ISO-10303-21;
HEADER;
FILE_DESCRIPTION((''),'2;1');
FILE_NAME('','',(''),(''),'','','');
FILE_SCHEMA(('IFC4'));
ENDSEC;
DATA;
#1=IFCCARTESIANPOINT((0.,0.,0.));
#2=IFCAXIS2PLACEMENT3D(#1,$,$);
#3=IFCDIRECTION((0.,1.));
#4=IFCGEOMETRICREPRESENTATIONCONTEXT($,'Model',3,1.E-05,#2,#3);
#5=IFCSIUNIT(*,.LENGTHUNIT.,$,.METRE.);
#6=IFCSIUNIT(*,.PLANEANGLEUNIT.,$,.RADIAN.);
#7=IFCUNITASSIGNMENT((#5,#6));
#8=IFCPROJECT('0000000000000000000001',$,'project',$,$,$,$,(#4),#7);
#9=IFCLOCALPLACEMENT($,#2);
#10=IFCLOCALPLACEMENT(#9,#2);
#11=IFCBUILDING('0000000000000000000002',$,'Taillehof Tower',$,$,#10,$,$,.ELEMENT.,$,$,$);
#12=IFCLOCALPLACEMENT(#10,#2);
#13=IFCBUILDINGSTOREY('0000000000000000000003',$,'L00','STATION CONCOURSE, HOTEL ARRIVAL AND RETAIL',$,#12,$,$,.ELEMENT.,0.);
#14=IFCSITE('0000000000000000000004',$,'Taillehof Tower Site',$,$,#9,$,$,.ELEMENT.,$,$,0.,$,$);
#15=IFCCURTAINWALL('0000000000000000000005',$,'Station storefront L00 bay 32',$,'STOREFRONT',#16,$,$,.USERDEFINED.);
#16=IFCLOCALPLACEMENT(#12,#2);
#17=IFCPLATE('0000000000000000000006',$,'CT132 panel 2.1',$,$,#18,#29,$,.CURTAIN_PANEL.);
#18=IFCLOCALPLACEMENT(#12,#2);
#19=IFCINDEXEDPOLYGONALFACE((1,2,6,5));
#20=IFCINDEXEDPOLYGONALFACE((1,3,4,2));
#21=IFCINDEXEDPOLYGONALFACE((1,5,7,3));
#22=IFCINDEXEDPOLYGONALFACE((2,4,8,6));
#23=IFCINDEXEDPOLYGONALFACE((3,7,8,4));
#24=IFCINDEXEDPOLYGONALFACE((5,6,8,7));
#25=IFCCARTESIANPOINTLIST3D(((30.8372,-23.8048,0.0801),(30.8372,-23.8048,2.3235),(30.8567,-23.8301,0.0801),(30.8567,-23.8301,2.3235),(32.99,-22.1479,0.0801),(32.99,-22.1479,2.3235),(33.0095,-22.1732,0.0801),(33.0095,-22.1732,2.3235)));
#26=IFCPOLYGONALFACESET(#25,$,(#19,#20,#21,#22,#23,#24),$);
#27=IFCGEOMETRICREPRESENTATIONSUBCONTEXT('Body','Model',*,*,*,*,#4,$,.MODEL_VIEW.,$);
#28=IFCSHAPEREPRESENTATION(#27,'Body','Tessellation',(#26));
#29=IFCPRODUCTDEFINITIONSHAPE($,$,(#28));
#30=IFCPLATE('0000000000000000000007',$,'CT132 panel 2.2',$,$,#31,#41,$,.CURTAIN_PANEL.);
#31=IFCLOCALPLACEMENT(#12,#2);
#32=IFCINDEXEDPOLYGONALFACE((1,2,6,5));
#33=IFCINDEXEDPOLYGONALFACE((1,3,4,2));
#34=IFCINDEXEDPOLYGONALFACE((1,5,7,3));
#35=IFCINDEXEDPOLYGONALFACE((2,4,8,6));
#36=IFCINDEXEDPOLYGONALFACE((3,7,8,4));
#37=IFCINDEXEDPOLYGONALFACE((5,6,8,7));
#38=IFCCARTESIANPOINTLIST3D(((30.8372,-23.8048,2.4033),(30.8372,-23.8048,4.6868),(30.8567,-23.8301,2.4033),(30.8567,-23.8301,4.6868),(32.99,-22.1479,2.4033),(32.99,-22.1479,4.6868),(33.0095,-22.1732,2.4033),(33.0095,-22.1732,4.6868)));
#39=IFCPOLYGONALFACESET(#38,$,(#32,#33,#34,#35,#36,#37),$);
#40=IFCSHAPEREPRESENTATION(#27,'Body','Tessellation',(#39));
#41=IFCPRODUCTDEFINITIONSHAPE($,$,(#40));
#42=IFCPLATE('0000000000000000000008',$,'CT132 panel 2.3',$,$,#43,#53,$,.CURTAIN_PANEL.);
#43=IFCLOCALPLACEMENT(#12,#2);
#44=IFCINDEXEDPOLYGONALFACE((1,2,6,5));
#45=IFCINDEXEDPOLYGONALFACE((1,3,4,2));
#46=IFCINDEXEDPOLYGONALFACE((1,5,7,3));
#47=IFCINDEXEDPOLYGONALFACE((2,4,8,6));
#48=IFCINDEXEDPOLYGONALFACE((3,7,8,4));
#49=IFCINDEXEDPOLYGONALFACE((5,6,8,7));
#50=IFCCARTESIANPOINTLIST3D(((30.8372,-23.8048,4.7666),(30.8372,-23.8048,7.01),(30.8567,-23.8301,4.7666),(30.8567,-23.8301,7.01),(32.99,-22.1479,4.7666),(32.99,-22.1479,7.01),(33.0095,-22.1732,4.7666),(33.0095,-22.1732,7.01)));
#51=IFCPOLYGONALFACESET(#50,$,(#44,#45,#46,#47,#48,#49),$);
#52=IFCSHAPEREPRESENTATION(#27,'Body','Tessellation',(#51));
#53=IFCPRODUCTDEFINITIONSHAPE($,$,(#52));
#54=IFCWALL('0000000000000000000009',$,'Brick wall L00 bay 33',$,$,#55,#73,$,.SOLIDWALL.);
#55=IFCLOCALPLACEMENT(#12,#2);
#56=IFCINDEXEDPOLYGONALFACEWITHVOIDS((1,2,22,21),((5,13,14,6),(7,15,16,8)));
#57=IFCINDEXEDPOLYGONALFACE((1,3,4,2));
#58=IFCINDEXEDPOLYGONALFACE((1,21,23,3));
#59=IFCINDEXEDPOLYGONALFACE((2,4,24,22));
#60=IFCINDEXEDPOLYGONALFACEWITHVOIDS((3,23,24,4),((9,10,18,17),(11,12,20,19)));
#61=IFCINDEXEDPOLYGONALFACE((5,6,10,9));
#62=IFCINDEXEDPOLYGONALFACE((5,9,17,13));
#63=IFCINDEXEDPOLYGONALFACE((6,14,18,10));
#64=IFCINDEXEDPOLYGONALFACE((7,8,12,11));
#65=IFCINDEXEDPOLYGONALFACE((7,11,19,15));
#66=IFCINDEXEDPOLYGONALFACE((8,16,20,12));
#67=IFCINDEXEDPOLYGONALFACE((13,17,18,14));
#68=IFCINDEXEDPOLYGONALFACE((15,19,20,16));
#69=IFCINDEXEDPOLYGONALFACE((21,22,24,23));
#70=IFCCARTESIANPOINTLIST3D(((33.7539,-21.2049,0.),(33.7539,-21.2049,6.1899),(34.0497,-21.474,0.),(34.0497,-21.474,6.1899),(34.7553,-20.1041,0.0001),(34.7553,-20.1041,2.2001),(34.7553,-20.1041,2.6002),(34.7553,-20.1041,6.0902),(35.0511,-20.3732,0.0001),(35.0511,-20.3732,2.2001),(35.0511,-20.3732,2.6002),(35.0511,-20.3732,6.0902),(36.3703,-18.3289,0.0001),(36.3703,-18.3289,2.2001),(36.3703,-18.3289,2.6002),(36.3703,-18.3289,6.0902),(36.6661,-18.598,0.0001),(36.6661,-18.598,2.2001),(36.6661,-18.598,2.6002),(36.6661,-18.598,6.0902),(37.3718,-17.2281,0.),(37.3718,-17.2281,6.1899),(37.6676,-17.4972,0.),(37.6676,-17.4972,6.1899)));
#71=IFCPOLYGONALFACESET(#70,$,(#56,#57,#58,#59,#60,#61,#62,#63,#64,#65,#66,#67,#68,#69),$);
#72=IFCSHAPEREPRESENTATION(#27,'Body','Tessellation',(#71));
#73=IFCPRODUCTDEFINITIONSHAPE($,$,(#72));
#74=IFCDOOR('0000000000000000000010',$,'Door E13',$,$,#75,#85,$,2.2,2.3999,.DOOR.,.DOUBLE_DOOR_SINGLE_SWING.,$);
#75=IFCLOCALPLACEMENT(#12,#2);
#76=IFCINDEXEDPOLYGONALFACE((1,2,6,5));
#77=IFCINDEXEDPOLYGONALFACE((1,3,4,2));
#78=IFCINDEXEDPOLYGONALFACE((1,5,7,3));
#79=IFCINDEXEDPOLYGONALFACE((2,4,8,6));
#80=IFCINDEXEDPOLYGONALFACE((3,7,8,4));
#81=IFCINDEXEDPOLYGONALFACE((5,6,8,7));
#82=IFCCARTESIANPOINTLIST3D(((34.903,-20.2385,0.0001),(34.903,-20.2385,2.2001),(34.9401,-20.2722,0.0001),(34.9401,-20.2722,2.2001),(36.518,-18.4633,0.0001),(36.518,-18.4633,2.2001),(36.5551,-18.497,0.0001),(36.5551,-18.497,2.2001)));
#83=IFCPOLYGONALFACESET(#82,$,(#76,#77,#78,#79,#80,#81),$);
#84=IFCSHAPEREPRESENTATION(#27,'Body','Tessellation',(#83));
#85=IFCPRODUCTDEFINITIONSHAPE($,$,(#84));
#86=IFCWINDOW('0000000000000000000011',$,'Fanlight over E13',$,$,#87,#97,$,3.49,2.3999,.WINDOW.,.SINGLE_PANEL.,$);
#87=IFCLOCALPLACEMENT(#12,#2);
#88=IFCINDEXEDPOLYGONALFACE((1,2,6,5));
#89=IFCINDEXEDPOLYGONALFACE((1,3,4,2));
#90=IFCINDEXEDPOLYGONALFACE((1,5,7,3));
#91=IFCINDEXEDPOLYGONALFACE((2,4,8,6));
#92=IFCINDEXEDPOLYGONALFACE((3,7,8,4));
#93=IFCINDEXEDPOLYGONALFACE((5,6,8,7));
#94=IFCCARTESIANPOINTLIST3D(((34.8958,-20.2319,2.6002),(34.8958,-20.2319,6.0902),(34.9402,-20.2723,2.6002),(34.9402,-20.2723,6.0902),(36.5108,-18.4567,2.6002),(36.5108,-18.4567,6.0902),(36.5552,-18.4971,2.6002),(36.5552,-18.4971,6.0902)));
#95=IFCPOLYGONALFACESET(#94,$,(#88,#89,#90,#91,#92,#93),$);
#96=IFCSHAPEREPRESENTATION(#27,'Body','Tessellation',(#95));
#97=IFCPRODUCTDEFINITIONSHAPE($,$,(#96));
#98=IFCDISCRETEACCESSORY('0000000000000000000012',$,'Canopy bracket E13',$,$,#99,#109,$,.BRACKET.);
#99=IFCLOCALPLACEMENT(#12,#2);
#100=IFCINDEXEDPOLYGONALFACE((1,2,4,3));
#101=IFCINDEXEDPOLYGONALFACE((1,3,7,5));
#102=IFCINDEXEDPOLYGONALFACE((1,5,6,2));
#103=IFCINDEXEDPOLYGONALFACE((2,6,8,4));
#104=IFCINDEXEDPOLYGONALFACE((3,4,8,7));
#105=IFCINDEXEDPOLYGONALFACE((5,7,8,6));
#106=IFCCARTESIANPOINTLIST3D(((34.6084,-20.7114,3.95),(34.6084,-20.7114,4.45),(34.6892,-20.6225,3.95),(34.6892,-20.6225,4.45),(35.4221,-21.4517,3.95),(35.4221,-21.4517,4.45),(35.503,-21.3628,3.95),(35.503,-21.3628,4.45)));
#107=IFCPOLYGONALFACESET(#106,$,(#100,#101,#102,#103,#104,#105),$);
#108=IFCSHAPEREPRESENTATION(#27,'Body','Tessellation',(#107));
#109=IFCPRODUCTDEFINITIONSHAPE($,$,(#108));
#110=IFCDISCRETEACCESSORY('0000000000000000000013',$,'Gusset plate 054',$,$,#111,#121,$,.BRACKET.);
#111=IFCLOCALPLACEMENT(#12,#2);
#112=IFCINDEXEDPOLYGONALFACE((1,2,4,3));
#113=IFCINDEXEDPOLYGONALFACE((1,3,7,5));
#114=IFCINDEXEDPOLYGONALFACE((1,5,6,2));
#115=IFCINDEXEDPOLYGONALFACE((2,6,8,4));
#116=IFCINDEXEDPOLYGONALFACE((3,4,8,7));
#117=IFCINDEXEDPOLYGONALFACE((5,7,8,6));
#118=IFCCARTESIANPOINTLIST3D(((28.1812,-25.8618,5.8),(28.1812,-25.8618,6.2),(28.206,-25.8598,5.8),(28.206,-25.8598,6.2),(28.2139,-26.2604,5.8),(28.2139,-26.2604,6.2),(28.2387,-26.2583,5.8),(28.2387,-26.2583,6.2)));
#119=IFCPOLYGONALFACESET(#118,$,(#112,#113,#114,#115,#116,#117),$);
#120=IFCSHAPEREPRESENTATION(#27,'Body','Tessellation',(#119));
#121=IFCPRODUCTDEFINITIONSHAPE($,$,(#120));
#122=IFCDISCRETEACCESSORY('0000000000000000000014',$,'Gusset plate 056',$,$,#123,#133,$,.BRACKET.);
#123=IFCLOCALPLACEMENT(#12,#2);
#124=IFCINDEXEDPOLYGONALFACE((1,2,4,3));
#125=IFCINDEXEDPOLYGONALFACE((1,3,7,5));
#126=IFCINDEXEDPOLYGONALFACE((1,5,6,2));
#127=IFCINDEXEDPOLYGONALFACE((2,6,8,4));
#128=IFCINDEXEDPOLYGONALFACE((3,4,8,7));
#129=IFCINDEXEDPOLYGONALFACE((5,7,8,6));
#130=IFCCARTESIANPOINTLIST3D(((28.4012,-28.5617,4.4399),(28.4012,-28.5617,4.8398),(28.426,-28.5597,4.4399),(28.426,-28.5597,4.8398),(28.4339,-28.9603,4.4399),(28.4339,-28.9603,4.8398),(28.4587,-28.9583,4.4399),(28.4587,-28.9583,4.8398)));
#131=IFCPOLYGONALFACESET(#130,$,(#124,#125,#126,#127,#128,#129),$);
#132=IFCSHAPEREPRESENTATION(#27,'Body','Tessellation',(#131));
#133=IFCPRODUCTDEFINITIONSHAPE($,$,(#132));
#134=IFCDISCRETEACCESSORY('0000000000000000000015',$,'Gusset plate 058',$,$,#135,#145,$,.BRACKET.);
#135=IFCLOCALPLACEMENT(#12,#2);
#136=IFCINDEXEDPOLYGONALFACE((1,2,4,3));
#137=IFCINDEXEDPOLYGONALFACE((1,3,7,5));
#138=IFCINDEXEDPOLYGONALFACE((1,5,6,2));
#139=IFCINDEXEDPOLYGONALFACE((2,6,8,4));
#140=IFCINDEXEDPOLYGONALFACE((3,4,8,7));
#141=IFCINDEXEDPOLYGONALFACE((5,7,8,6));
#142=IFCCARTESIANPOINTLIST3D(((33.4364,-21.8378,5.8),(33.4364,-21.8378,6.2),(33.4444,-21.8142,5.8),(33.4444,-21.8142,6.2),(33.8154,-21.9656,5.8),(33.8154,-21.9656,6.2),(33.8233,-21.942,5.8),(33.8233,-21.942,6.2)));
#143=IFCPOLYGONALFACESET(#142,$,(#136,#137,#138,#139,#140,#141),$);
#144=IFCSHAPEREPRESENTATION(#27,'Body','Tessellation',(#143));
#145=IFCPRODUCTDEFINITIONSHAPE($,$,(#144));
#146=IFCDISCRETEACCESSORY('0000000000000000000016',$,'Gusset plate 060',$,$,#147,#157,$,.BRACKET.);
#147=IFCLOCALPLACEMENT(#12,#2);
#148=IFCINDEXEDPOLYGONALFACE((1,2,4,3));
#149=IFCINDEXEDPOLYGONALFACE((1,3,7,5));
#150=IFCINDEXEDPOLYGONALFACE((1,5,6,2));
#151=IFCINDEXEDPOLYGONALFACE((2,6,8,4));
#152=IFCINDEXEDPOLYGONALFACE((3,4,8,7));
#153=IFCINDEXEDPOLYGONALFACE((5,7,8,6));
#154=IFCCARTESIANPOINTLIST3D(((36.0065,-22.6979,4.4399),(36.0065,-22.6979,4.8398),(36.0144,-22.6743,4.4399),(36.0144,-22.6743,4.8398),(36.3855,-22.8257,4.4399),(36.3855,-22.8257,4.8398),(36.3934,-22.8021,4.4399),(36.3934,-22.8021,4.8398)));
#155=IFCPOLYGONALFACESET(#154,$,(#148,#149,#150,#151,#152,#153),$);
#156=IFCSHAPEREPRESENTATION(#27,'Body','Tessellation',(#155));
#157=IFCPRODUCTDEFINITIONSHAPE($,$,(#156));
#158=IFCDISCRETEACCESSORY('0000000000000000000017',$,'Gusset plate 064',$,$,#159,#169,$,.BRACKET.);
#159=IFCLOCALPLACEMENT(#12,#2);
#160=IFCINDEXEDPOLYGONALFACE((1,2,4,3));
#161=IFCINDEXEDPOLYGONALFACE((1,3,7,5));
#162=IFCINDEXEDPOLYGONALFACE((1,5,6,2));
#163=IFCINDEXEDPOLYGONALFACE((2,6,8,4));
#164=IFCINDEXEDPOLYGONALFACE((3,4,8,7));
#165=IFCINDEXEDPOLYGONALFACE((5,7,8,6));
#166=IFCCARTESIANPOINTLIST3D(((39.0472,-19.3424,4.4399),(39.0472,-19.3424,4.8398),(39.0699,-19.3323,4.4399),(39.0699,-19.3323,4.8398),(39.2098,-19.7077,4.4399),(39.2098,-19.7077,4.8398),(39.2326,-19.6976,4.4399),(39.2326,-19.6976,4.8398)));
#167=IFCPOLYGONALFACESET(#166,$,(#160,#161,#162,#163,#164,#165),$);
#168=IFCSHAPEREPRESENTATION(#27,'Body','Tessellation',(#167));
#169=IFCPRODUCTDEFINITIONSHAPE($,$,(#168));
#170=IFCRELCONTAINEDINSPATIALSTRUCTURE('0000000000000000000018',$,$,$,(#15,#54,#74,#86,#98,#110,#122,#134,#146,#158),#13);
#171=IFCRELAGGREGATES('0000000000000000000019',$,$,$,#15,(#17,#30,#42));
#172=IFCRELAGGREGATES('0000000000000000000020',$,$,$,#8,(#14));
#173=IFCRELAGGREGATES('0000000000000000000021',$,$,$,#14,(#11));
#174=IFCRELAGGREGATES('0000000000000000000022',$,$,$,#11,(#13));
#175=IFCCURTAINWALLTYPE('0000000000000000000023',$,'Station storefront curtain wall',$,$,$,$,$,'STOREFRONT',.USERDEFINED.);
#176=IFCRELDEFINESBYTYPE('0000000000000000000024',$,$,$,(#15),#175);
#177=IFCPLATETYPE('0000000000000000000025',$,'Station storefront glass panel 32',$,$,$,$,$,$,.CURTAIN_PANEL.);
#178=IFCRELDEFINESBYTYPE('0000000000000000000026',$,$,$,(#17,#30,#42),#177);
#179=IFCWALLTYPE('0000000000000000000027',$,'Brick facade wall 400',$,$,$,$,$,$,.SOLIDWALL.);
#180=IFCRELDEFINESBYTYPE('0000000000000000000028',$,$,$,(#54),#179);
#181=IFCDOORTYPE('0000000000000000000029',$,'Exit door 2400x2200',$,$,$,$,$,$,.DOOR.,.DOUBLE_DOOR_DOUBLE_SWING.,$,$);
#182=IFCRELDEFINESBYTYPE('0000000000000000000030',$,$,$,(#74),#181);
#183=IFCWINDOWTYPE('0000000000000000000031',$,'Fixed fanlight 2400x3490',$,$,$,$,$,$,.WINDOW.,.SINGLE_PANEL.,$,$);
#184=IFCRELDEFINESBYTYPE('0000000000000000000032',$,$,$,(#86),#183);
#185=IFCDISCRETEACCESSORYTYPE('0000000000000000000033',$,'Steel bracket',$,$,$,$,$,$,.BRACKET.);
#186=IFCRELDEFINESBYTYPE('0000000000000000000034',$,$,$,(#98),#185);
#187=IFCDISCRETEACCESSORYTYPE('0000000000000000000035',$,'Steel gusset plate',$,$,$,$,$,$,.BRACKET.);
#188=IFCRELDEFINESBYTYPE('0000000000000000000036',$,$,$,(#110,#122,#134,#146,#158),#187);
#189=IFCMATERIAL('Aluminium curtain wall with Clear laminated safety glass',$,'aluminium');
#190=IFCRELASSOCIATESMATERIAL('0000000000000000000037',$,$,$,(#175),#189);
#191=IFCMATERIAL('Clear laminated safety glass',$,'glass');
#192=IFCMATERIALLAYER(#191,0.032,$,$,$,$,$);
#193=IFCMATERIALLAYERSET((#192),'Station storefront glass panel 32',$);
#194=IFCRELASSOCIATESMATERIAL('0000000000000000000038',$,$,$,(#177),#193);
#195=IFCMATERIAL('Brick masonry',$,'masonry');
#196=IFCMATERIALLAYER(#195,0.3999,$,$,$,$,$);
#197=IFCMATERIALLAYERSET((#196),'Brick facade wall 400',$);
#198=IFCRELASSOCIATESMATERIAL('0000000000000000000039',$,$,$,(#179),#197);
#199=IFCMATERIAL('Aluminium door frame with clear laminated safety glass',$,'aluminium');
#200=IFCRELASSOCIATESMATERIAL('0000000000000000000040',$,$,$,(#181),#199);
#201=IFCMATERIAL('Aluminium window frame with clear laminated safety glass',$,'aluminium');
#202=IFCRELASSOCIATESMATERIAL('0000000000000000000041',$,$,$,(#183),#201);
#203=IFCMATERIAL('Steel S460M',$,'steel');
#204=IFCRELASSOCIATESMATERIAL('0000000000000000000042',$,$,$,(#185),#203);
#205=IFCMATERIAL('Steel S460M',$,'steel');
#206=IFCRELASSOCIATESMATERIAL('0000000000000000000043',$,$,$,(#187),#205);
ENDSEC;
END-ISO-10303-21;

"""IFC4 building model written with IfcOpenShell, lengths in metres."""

from ifc_helpers import new_model, si_unit, direction, frame, frame_2d, origin, origin_2d, place, context, subcontext, project, spatial, rectangle, extrude, material, layer, layer_set, type_object, element, fill, aggregate, save


model = new_model("IFC4")

# Units and contexts
model_context = context("Model", 3, precision=1e-05, world=origin(), true_north=direction((0.0, 1.0)))
body_context = subcontext(model_context, "Body", "Model", "MODEL_VIEW")
ifc_project = project(units=[si_unit("LENGTHUNIT", "METRE"), si_unit("PLANEANGLEUNIT", "RADIAN")], contexts=[model_context])

# Site, building, storey
site_placement = place(None, origin())
site = spatial("IfcSite", under=ifc_project, at=site_placement, Name="Taillehof Tower Site", CompositionType="ELEMENT", RefElevation=0.0)
building_placement = place(site_placement, origin())
building = spatial("IfcBuilding", under=site, at=building_placement, Name="Taillehof Tower", CompositionType="ELEMENT")
storey_placement = place(building_placement, origin())
storey = spatial("IfcBuildingStorey", under=building, at=storey_placement, Name="L00", Description="STATION CONCOURSE, HOTEL ARRIVAL AND RETAIL", CompositionType="ELEMENT", Elevation=0.0)

# Curtain wall, plates
ifc_material_1 = material(Name="Aluminium curtain wall with Clear laminated safety glass", Category="aluminium")
curtain_wall_type = type_object("IfcCurtainWallType", Name="Station storefront curtain wall", ElementType="STOREFRONT", PredefinedType="USERDEFINED", material=ifc_material_1)
curtain_wall_placement = place(storey_placement, origin())
curtain_wall = element("IfcCurtainWall", 1, at=curtain_wall_placement, inside=storey, type_object=curtain_wall_type, Name="Station storefront L00 bay 32", ObjectType="STOREFRONT", PredefinedType="USERDEFINED")
ifc_material_2 = material(Name="Clear laminated safety glass", Category="glass")
ifc_layer_1 = layer(ifc_material_2, 0.032)
ifc_layer_set_1 = layer_set([ifc_layer_1], Name="Station storefront glass panel 32")
plate_type = type_object("IfcPlateType", Name="Station storefront glass panel 32", PredefinedType="CURTAIN_PANEL", material=ifc_layer_set_1)
plate_1_placement = place(storey_placement, frame((31.9233, -22.989, 0.0801), z_axis=(0.0, 0.0, 1.0), x_axis=(0.792454, 0.609932, 0.0)))
plate_1 = element("IfcPlate", 2, at=plate_1_placement, type_object=plate_type, Name="CT132 panel 2.1", PredefinedType="CURTAIN_PANEL", context=body_context, shape_type="SweptSolid", body=[
    extrude(rectangle(XDim=2.7166, YDim=0.032, at=origin_2d()), origin(), (0.0, 0.0, 1.0), 2.2434),
])
plate_2_placement = place(storey_placement, frame((31.9233, -22.989, 2.4033), z_axis=(0.0, 0.0, 1.0), x_axis=(0.792454, 0.609932, 0.0)))
plate_2 = element("IfcPlate", 3, at=plate_2_placement, type_object=plate_type, Name="CT132 panel 2.2", PredefinedType="CURTAIN_PANEL", context=body_context, shape_type="SweptSolid", body=[
    extrude(rectangle(XDim=2.7166, YDim=0.032, at=origin_2d()), origin(), (0.0, 0.0, 1.0), 2.2834),
])
plate_3_placement = place(storey_placement, frame((31.9233, -22.989, 4.7666), z_axis=(0.0, 0.0, 1.0), x_axis=(0.792454, 0.609932, 0.0)))
plate_3 = element("IfcPlate", 4, at=plate_3_placement, type_object=plate_type, Name="CT132 panel 2.3", PredefinedType="CURTAIN_PANEL", context=body_context, shape_type="SweptSolid", body=[
    extrude(rectangle(XDim=2.7166, YDim=0.032, at=origin_2d()), origin(), (0.0, 0.0, 1.0), 2.2434),
])
aggregate(curtain_wall, [plate_1, plate_2, plate_3])

# Wall, openings, door, window
ifc_material_3 = material(Name="Brick masonry", Category="masonry")
ifc_layer_2 = layer(ifc_material_3, 0.3999)
ifc_layer_set_2 = layer_set([ifc_layer_2], Name="Brick facade wall 400")
wall_type = type_object("IfcWallType", Name="Brick facade wall 400", PredefinedType="SOLIDWALL", material=ifc_layer_set_2)
wall_placement = place(storey_placement, frame((33.9019, -21.3394, 0.0), z_axis=(0.0, 0.0, 1.0), x_axis=(0.672942, 0.739696, 0.0)))
wall = element("IfcWall", 5, at=wall_placement, inside=storey, type_object=wall_type, Name="Brick wall L00 bay 33", PredefinedType="SOLIDWALL", context=body_context, shape_type="SweptSolid", body=[
    extrude(rectangle(XDim=5.3762, YDim=0.3999, at=frame_2d((2.688, 0.0))), origin(), (0.0, 0.0, 1.0), 6.1899),
])
opening_1_placement = place(wall_placement, frame((1.488, 0.0, 0.0)))
opening_1 = element("IfcOpeningElement", 6, at=opening_1_placement, cuts=wall, PredefinedType="OPENING", context=body_context, shape_type="SweptSolid", body=[
    extrude(rectangle(XDim=2.3999, YDim=2.2, at=frame_2d((1.2, 1.1001))), frame((0.0, 0.21, 0.0), z_axis=(0.0, -1.0, 0.0), x_axis=(1.0, 0.0, 0.0)), (0.0, 0.0, 1.0), 0.4199),
])
opening_2_placement = place(wall_placement, frame((1.488, 0.0, 2.6001)))
opening_2 = element("IfcOpeningElement", 7, at=opening_2_placement, cuts=wall, PredefinedType="OPENING", context=body_context, shape_type="SweptSolid", body=[
    extrude(rectangle(XDim=2.3999, YDim=3.49, at=frame_2d((1.2, 1.7451))), frame((0.0, 0.21, 0.0), z_axis=(0.0, -1.0, 0.0), x_axis=(1.0, 0.0, 0.0)), (0.0, 0.0, 1.0), 0.4199),
])
ifc_material_4 = material(Name="Aluminium door frame with clear laminated safety glass", Category="aluminium")
door_type = type_object("IfcDoorType", Name="Exit door 2400x2200", OperationType="DOUBLE_DOOR_DOUBLE_SWING", PredefinedType="DOOR", material=ifc_material_4)
door_placement = place(opening_1_placement, frame((2.3999, 0.0, 0.0), z_axis=(0.0, 0.0, 1.0), x_axis=(-1.0, 0.0, 0.0)))
door = element("IfcDoor", 8, at=door_placement, inside=storey, type_object=door_type, Name="Door E13", OperationType="DOUBLE_DOOR_SINGLE_SWING", OverallHeight=2.2, OverallWidth=2.3999, PredefinedType="DOOR", context=body_context, shape_type="SweptSolid", body=[
    extrude(rectangle(XDim=2.3999, YDim=2.2, at=frame_2d((1.2, 1.1001))), frame((0.0, 0.0498, 0.0), z_axis=(0.0, -1.0, 0.0), x_axis=(1.0, 0.0, 0.0)), (0.0, 0.0, 1.0), 0.05),
])
fill(opening_1, door)
ifc_material_5 = material(Name="Aluminium window frame with clear laminated safety glass", Category="aluminium")
window_type = type_object("IfcWindowType", Name="Fixed fanlight 2400x3490", PartitioningType="SINGLE_PANEL", PredefinedType="WINDOW", material=ifc_material_5)
window_placement = place(opening_2_placement, origin())
window = element("IfcWindow", 9, at=window_placement, inside=storey, type_object=window_type, Name="Fanlight over E13", OverallHeight=3.49, OverallWidth=2.3999, PartitioningType="SINGLE_PANEL", PredefinedType="WINDOW", context=body_context, shape_type="SweptSolid", body=[
    extrude(rectangle(XDim=2.3999, YDim=3.49, at=frame_2d((1.2, 1.7451))), frame((0.0, 0.01, 0.0), z_axis=(0.0, -1.0, 0.0), x_axis=(1.0, 0.0, 0.0)), (0.0, 0.0, 1.0), 0.0601),
])
fill(opening_2, window)

# Discrete accessories
ifc_material_6 = material(Name="Steel S460M", Category="steel")
discrete_accessory_type_1 = type_object("IfcDiscreteAccessoryType", Name="Steel bracket", PredefinedType="BRACKET", material=ifc_material_6)
discrete_accessory_placement = place(storey_placement, frame((35.0557, -21.0371, 3.95), z_axis=(0.0, 0.0, 1.0), x_axis=(0.739707, -0.672929, 0.0)))
element("IfcDiscreteAccessory", 10, at=discrete_accessory_placement, inside=storey, type_object=discrete_accessory_type_1, Name="Canopy bracket E13", PredefinedType="BRACKET", context=body_context, shape_type="SweptSolid", body=[
    extrude(rectangle(XDim=1.1001, YDim=0.1201, at=origin_2d()), origin(), (0.0, 0.0, 1.0), 0.5),
])
ifc_material_7 = material(Name="Steel S460M", Category="steel")
discrete_accessory_type_2 = type_object("IfcDiscreteAccessoryType", Name="Steel gusset plate", PredefinedType="BRACKET", material=ifc_material_7)
for number, where, z_axis, x_axis, name in (
    (11, (28.21, -26.0601, 5.8), (0.0, 0.0, 1.0), (-0.081679, 0.996659, 0.0), "Gusset plate 054"),
    (12, (28.4299, -28.76, 4.4399), (0.0, 0.0, 1.0), (-0.081679, 0.996659, 0.0), "Gusset plate 056"),
    (13, (33.6299, -21.8899, 5.8), (0.0, 0.0, 1.0), (-0.947626, 0.319383, 0.0), "Gusset plate 058"),
    (14, (36.2, -22.75, 4.4399), (0.0, 0.0, 1.0), (-0.947626, 0.319383, 0.0), "Gusset plate 060"),
    (15, (39.1399, -19.52, 4.4399), (0.0, 0.0, 1.0), (-0.406759, 0.913536, 0.0), "Gusset plate 064"),
):
    element("IfcDiscreteAccessory", number, at=place(storey_placement, frame(where, z_axis=z_axis, x_axis=x_axis)), inside=storey, type_object=discrete_accessory_type_2, Name=name, PredefinedType="BRACKET", context=body_context, shape_type="SweptSolid", body=[
        extrude(rectangle(XDim=0.3999, YDim=0.0249, at=origin_2d()), origin(), (0.0, 0.0, 1.0), 0.3999),
    ])

save(model, "model.ifc")
